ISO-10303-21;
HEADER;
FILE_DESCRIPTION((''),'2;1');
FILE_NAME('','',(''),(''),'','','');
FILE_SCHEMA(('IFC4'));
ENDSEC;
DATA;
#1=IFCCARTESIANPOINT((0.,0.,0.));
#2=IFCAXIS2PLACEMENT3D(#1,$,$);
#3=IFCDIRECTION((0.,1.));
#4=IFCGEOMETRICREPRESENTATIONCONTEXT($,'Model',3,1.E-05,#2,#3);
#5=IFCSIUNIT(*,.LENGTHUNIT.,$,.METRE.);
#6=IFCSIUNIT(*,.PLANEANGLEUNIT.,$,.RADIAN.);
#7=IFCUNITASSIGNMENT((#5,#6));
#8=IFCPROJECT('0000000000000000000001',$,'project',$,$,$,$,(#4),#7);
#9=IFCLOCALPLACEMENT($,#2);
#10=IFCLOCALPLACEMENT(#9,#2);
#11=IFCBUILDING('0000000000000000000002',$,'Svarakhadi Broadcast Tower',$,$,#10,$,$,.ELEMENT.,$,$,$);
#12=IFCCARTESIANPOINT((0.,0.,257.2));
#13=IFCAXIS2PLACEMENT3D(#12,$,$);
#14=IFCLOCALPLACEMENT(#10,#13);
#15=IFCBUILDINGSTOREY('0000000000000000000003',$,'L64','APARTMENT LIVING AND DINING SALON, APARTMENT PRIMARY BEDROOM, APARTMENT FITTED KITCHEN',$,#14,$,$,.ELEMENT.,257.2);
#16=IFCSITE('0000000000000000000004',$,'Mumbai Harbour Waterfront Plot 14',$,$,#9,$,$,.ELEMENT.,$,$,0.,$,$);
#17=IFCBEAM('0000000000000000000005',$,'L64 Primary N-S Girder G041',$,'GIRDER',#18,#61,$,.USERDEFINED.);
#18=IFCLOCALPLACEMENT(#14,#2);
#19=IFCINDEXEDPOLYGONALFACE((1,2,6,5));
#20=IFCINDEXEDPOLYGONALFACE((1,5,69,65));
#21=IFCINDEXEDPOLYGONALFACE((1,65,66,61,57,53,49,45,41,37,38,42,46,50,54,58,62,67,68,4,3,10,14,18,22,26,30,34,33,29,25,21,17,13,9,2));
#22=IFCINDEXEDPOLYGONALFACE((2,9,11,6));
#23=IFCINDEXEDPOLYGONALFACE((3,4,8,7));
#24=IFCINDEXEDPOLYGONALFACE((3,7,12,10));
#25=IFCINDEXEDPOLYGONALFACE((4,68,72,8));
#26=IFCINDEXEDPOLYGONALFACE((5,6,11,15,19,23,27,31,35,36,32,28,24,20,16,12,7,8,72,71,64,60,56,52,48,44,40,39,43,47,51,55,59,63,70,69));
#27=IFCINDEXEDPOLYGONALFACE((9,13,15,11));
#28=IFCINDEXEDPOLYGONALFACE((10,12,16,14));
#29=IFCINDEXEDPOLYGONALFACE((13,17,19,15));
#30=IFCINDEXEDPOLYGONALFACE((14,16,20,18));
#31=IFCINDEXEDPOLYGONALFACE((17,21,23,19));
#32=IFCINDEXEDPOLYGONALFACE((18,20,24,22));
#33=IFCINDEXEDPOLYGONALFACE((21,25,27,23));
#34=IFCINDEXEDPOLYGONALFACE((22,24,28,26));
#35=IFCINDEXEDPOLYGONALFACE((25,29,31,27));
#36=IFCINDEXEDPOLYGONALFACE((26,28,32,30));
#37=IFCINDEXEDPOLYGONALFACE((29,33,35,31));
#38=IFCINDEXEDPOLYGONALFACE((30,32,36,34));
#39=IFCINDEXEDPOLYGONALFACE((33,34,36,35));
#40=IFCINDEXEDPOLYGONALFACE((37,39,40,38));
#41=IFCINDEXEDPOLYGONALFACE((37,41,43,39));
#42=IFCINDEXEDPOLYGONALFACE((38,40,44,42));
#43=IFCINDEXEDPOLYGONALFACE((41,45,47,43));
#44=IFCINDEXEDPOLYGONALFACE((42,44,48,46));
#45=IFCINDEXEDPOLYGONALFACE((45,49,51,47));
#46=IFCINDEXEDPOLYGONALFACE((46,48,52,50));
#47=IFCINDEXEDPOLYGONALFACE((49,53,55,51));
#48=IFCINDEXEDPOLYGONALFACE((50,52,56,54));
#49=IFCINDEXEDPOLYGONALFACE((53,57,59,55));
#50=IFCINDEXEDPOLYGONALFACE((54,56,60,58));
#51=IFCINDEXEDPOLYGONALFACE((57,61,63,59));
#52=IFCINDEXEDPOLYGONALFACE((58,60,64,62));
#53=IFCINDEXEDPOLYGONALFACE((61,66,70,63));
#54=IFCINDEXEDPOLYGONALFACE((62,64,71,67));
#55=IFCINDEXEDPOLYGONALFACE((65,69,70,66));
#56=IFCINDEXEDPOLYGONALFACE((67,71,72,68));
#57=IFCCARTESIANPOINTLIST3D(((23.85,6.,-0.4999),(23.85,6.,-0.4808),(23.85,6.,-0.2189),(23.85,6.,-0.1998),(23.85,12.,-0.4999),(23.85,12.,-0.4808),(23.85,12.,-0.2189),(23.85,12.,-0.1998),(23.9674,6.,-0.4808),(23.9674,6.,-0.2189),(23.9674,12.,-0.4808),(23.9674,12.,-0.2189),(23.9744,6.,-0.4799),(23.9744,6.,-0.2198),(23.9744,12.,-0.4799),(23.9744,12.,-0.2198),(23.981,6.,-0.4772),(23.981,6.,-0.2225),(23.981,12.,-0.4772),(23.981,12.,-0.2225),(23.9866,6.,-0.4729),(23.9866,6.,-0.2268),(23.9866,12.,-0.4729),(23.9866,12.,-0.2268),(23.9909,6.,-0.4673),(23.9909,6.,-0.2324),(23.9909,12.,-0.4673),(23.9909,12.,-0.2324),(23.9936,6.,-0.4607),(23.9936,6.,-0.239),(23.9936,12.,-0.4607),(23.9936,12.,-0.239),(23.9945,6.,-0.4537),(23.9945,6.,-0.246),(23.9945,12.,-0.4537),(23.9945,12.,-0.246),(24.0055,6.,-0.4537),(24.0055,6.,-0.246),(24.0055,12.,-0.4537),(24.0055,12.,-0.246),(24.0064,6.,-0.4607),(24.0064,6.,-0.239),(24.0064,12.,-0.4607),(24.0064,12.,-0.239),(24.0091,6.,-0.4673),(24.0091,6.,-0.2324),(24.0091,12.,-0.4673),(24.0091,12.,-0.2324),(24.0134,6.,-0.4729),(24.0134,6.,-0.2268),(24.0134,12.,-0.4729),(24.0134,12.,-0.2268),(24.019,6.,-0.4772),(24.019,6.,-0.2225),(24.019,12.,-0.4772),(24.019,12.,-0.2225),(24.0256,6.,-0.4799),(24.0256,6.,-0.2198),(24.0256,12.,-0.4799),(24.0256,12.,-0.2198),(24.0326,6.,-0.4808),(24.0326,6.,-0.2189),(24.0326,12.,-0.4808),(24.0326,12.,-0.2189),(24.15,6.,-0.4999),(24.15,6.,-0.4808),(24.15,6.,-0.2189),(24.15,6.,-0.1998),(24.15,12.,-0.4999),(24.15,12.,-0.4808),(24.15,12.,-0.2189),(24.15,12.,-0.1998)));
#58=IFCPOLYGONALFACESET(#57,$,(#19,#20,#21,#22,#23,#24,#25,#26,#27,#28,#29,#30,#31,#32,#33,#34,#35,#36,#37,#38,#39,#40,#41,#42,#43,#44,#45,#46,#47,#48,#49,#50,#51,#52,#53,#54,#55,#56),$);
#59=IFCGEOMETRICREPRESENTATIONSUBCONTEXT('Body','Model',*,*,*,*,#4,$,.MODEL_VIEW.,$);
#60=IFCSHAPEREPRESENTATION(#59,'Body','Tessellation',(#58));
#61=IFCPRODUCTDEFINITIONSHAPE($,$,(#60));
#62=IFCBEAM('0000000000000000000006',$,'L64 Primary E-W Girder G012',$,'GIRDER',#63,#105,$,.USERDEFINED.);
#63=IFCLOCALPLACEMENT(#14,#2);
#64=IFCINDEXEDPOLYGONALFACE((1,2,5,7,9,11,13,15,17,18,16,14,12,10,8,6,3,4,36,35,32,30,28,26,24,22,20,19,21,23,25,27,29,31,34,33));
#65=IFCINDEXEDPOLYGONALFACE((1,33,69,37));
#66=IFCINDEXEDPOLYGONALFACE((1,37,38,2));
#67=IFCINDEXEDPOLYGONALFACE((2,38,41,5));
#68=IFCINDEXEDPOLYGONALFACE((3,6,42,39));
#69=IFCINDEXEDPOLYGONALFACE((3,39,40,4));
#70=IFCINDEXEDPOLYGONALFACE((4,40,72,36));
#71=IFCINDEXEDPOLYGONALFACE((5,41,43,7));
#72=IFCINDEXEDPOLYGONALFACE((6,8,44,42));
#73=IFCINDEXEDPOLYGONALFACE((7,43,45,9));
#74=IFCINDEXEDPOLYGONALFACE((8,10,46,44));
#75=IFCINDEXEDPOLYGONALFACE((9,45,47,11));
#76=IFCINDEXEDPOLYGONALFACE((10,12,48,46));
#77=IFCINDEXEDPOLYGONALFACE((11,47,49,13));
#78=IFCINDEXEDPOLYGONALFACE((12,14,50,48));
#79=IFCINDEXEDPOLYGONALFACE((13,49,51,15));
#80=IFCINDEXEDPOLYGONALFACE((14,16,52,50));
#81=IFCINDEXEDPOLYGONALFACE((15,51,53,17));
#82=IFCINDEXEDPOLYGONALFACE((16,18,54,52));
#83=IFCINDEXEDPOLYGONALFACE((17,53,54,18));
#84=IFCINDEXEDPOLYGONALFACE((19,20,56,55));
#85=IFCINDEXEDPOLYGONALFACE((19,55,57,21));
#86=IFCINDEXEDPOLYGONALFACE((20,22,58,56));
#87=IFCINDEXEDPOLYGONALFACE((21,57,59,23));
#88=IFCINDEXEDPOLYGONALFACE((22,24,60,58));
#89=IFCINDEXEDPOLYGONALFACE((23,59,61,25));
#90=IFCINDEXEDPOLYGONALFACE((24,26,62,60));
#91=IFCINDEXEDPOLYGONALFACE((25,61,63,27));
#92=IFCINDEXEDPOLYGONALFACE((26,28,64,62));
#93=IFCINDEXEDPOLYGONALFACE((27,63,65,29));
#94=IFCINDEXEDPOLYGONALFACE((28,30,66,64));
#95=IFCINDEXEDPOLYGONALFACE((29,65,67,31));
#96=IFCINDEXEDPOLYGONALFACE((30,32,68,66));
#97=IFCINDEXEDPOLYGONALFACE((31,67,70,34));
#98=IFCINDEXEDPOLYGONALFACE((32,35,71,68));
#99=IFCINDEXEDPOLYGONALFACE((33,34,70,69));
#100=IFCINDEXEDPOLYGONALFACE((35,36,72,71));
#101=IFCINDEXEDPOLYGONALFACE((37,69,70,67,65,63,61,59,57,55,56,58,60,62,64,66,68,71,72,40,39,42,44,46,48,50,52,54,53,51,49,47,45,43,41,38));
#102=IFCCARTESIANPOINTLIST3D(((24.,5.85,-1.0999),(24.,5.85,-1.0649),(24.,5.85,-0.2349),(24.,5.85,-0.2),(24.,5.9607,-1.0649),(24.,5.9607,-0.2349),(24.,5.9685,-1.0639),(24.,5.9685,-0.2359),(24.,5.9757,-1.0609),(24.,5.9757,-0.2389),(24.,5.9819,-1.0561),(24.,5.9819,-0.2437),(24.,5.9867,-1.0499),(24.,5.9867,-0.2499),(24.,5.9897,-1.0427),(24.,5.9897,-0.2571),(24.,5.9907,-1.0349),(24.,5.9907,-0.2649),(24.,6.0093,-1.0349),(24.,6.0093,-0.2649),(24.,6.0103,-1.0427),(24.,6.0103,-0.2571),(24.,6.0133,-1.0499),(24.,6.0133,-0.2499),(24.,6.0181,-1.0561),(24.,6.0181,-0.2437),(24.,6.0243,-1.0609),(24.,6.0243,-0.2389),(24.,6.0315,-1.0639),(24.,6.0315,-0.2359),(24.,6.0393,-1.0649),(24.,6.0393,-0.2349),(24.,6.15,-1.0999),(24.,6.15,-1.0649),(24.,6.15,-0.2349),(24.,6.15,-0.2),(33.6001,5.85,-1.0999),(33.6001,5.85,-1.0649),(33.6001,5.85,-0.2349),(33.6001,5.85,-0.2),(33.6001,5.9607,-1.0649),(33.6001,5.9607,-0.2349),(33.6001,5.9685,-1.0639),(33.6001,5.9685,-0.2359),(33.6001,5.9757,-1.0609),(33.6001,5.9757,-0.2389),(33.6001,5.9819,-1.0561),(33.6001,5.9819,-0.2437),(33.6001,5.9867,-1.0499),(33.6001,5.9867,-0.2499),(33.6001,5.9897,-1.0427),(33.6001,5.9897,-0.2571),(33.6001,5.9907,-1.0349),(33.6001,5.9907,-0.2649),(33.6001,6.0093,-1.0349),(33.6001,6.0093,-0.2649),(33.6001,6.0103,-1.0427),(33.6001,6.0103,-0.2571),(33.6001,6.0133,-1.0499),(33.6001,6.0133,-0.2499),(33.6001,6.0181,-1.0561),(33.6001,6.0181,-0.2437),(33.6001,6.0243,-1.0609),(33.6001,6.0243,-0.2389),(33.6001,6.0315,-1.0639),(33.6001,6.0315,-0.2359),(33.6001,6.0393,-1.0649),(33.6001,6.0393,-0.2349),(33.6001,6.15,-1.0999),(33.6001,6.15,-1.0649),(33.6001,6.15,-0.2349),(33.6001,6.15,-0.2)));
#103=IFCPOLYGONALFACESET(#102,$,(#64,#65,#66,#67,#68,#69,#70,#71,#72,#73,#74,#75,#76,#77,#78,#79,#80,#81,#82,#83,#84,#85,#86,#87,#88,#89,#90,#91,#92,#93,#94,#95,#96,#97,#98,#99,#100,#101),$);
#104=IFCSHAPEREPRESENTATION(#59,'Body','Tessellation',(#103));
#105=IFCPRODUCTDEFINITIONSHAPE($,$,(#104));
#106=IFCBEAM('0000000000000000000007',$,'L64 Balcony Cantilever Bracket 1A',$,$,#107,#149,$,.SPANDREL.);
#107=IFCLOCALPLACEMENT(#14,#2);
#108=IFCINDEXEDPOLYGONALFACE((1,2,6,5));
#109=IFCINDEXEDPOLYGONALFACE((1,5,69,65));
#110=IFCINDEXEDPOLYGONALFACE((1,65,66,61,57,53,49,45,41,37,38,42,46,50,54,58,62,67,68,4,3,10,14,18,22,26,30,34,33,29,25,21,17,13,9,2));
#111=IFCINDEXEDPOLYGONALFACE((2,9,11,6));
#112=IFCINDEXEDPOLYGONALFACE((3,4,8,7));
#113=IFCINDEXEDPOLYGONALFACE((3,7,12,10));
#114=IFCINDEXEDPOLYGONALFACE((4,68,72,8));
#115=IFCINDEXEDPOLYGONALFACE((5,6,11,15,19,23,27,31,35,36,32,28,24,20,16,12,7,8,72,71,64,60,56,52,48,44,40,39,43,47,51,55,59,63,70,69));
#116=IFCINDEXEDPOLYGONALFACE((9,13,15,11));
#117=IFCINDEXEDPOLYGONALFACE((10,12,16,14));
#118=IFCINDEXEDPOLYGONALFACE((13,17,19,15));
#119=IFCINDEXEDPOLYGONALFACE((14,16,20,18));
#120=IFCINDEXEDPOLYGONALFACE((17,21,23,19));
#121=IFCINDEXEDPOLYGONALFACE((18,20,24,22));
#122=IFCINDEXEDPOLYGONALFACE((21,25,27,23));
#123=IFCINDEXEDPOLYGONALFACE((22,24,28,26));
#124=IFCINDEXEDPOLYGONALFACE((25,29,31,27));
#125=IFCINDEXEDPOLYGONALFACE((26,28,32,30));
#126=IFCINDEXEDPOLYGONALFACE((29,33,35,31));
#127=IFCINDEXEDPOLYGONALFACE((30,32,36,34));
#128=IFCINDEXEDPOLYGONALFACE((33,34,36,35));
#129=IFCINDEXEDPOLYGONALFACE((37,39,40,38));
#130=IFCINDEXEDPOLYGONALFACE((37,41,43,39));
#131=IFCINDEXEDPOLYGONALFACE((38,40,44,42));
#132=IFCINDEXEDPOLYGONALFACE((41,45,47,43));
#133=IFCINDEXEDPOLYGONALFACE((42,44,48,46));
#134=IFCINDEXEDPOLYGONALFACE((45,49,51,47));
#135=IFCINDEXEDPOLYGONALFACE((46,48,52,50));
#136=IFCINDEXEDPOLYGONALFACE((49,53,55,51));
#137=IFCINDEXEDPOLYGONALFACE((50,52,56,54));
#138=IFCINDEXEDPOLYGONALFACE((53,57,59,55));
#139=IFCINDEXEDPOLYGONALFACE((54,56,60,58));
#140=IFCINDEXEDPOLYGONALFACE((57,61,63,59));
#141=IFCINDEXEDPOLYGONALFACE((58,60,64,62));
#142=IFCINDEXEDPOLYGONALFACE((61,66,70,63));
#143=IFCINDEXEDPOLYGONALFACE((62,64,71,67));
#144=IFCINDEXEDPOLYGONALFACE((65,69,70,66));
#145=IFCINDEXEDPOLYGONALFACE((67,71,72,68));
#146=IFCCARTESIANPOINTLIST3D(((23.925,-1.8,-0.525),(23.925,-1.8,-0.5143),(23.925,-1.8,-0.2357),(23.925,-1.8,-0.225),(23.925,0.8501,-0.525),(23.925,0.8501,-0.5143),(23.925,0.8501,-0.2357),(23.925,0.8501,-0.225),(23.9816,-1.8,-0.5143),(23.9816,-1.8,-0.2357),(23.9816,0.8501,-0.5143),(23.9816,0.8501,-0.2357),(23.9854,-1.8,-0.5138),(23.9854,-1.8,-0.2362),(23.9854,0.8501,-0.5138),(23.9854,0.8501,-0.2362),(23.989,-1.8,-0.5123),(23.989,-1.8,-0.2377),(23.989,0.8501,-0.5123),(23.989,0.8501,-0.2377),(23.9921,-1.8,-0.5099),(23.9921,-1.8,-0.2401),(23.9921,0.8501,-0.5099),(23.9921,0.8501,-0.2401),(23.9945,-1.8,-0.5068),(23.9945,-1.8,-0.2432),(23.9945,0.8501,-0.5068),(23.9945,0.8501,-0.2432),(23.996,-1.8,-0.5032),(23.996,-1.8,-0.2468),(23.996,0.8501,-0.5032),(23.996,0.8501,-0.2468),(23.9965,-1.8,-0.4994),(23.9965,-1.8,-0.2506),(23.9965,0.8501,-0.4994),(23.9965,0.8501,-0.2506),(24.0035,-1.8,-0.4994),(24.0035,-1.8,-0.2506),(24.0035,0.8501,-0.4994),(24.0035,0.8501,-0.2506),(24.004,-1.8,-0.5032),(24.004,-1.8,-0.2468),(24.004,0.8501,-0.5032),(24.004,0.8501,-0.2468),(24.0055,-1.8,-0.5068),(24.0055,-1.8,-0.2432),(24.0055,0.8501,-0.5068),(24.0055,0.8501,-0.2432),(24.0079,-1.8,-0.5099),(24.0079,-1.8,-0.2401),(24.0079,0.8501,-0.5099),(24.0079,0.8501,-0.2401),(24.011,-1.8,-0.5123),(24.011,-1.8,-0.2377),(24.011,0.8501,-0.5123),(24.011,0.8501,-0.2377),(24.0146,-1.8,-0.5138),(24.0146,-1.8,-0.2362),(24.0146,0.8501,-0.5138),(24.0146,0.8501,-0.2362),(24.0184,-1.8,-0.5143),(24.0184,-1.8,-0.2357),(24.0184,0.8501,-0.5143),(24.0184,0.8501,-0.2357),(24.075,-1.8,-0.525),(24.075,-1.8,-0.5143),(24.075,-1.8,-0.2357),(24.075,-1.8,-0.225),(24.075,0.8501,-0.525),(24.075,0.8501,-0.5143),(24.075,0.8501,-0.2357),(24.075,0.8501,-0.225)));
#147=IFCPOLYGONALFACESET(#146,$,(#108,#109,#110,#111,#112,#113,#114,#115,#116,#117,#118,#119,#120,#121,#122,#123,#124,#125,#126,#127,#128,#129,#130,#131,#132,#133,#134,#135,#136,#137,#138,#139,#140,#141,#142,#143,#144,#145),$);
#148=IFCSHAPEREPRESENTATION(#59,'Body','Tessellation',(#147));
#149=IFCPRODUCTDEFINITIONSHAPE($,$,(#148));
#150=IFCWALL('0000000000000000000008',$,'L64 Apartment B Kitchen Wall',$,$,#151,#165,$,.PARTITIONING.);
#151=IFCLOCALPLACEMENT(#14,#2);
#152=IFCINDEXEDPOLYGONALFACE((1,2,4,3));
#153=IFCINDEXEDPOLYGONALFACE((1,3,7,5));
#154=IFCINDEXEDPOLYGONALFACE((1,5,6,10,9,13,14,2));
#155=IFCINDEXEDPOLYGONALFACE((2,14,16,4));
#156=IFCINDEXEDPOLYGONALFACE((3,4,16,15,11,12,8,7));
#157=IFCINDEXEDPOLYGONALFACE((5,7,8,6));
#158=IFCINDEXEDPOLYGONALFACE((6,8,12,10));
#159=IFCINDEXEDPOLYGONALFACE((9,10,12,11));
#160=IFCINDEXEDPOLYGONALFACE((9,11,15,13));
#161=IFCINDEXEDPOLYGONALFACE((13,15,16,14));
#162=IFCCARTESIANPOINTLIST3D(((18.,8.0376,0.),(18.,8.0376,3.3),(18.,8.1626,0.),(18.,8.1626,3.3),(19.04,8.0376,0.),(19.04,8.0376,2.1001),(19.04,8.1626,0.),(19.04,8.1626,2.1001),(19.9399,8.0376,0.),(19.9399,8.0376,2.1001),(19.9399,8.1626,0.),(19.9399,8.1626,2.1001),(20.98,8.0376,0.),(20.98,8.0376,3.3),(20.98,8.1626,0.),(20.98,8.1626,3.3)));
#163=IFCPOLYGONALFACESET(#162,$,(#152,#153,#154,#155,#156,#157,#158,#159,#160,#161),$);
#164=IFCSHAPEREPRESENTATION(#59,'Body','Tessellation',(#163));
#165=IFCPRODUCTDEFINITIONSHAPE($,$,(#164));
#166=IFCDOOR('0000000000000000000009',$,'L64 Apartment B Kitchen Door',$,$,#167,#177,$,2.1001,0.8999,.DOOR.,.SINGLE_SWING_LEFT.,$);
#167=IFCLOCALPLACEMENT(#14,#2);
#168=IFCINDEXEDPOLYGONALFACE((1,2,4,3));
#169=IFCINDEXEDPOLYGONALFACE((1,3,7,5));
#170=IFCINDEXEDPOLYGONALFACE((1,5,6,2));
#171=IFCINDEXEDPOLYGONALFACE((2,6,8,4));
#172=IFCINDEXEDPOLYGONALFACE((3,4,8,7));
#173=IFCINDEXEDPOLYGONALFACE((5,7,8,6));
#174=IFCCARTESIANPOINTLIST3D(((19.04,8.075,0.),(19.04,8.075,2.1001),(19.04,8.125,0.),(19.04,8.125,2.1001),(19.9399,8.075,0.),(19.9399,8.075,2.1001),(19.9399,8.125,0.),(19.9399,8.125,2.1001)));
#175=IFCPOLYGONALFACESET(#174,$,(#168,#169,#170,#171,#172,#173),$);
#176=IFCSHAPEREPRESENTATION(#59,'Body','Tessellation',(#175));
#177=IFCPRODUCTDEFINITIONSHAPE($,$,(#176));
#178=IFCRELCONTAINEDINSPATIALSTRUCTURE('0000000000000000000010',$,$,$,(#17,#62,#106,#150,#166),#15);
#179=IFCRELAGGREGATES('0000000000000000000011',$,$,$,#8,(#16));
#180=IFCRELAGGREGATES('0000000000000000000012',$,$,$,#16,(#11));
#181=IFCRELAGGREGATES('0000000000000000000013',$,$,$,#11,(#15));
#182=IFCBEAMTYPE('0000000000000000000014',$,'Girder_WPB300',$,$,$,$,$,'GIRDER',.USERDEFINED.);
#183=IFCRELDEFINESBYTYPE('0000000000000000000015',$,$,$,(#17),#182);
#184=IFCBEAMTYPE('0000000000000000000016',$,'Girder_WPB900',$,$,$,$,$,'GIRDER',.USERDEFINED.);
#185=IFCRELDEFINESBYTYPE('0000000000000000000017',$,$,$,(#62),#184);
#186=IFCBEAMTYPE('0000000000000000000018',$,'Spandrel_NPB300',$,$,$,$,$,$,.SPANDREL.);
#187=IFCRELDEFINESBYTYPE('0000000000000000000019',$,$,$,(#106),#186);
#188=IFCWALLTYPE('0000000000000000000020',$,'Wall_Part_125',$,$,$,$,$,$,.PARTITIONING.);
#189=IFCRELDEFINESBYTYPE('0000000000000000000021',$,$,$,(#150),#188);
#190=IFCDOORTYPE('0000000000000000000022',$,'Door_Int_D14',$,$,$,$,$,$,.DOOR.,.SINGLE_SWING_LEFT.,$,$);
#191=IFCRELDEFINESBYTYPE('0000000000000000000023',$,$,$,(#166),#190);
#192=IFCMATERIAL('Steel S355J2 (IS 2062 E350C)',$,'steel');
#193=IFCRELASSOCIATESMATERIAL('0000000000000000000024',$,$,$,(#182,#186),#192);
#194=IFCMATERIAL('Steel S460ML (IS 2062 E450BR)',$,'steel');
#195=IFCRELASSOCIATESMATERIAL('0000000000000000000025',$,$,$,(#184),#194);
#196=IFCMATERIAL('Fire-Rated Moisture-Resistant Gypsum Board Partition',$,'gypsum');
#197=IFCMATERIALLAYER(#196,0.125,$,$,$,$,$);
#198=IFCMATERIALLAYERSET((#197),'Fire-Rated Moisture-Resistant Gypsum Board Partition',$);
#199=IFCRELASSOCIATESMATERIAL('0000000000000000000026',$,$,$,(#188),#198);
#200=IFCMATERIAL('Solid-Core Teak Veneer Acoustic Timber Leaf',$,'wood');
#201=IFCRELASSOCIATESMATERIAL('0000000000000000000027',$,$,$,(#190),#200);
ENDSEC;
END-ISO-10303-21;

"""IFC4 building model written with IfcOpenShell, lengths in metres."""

from ifc_helpers import new_model, si_unit, direction, frame, frame_2d, origin, origin_2d, place, context, subcontext, project, spatial, rectangle, i_section, extrude, material, layer, layer_set, material_profile, profile_set, type_object, element, fill, save


model = new_model("IFC4")

# Units and contexts
model_context = context("Model", 3, precision=1e-05, world=origin(), true_north=direction((0.0, 1.0)))
body_context = subcontext(model_context, "Body", "Model", "MODEL_VIEW")
ifc_project = project(units=[si_unit("LENGTHUNIT", "METRE"), si_unit("PLANEANGLEUNIT", "RADIAN")], contexts=[model_context])

# Site, building, storey
site_placement = place(None, origin())
site = spatial("IfcSite", under=ifc_project, at=site_placement, Name="Mumbai Harbour Waterfront Plot 14", CompositionType="ELEMENT", RefElevation=0.0)
building_placement = place(site_placement, origin())
building = spatial("IfcBuilding", under=site, at=building_placement, Name="Svarakhadi Broadcast Tower", CompositionType="ELEMENT")
storey_placement = place(building_placement, frame((0.0, 0.0, 257.2)))
storey = spatial("IfcBuildingStorey", under=building, at=storey_placement, Name="L64", Description="APARTMENT LIVING AND DINING SALON, APARTMENT PRIMARY BEDROOM, APARTMENT FITTED KITCHEN", CompositionType="ELEMENT", Elevation=257.2)

# Shared definitions
ifc_material_1 = material(Name="Steel S460ML (IS 2062 E450BR)", Category="steel")

# Beams
ifc_material_2 = material(Name="Steel S355J2 (IS 2062 E350C)", Category="steel")
ifc_material_profile_1 = material_profile(ifc_material_2, i_section(OverallWidth=0.3, OverallDepth=0.3, WebThickness=0.011, FlangeThickness=0.019, FilletRadius=0.0271, at=origin_2d()), Name="WPB 300x300x117")
ifc_profile_set_1 = profile_set([ifc_material_profile_1], Name="Steel S355J2 (IS 2062 E350C)")
beam_type_1 = type_object("IfcBeamType", Name="Girder_WPB300", ElementType="GIRDER", PredefinedType="USERDEFINED", material=ifc_profile_set_1)
beam_1_placement = place(storey_placement, frame((24.0, 6.0, -0.3499), z_axis=(0.0, 1.0, 0.0), x_axis=(-1.0, 0.0, 0.0)))
element("IfcBeam", 1, at=beam_1_placement, inside=storey, type_object=beam_type_1, Name="L64 Primary N-S Girder G041", ObjectType="GIRDER", PredefinedType="USERDEFINED", context=body_context, shape_type="SweptSolid", body=[
    extrude(i_section(OverallWidth=0.3, OverallDepth=0.3, WebThickness=0.011, FlangeThickness=0.019, FilletRadius=0.0271, at=origin_2d()), origin(), (0.0, 0.0, 1.0), 6.0),
])
ifc_material_profile_2 = material_profile(ifc_material_1, i_section(OverallWidth=0.3, OverallDepth=0.8999, WebThickness=0.0186, FlangeThickness=0.0349, FilletRadius=0.03, at=origin_2d()), Name="WPB 900x300x291")
ifc_profile_set_2 = profile_set([ifc_material_profile_2], Name="Steel S460ML (IS 2062 E450BR)")
beam_type_2 = type_object("IfcBeamType", Name="Girder_WPB900", ElementType="GIRDER", PredefinedType="USERDEFINED", material=ifc_profile_set_2)
beam_2_placement = place(storey_placement, frame((24.0, 6.0, -0.6499), z_axis=(1.0, 0.0, 0.0), x_axis=(0.0, 1.0, 0.0)))
element("IfcBeam", 2, at=beam_2_placement, inside=storey, type_object=beam_type_2, Name="L64 Primary E-W Girder G012", ObjectType="GIRDER", PredefinedType="USERDEFINED", context=body_context, shape_type="SweptSolid", body=[
    extrude(i_section(OverallWidth=0.3, OverallDepth=0.8999, WebThickness=0.0186, FlangeThickness=0.0349, FilletRadius=0.03, at=origin_2d()), origin(), (0.0, 0.0, 1.0), 9.6001),
])
ifc_material_profile_3 = material_profile(ifc_material_2, i_section(OverallWidth=0.1499, OverallDepth=0.3, WebThickness=0.0071, FlangeThickness=0.0107, FilletRadius=0.0149, at=origin_2d()), Name="NPB 300x150x37")
ifc_profile_set_3 = profile_set([ifc_material_profile_3], Name="Steel S355J2 (IS 2062 E350C)")
beam_type_3 = type_object("IfcBeamType", Name="Spandrel_NPB300", PredefinedType="SPANDREL", material=ifc_profile_set_3)
beam_3_placement = place(storey_placement, frame((24.0, 0.8501, -0.375), z_axis=(0.0, -1.0, 0.0), x_axis=(1.0, 0.0, 0.0)))
element("IfcBeam", 3, at=beam_3_placement, inside=storey, type_object=beam_type_3, Name="L64 Balcony Cantilever Bracket 1A", PredefinedType="SPANDREL", context=body_context, shape_type="SweptSolid", body=[
    extrude(i_section(OverallWidth=0.1499, OverallDepth=0.3, WebThickness=0.0071, FlangeThickness=0.0107, FilletRadius=0.0149, at=origin_2d()), origin(), (0.0, 0.0, 1.0), 2.6501),
])

# Wall, opening, door
ifc_material_3 = material(Name="Fire-Rated Moisture-Resistant Gypsum Board Partition", Category="gypsum")
ifc_layer_1 = layer(ifc_material_3, 0.125)
ifc_layer_set_1 = layer_set([ifc_layer_1], Name="Fire-Rated Moisture-Resistant Gypsum Board Partition")
wall_type_1 = type_object("IfcWallType", Name="Wall_Part_125", PredefinedType="PARTITIONING", material=ifc_layer_set_1)
wall_1_placement = place(storey_placement, frame((18.0, 8.1001, 0.0), z_axis=(0.0, 0.0, 1.0), x_axis=(1.0, 0.0, 0.0)))
wall_1 = element("IfcWall", 4, at=wall_1_placement, inside=storey, type_object=wall_type_1, Name="L64 Apartment B Kitchen Wall", PredefinedType="PARTITIONING", context=body_context, shape_type="SweptSolid", body=[
    extrude(rectangle(XDim=2.98, YDim=0.125, at=frame_2d((1.49, 0.0))), origin(), (0.0, 0.0, 1.0), 3.3),
])
opening_1_placement = place(wall_1_placement, frame((1.04, 0.0, 0.0)))
opening_1 = element("IfcOpeningElement", 5, at=opening_1_placement, cuts=wall_1, PredefinedType="OPENING", context=body_context, shape_type="SweptSolid", body=[
    extrude(rectangle(XDim=0.8999, YDim=2.1001, at=frame_2d((0.45, 1.05))), frame((0.0, 0.0725, 0.0), z_axis=(0.0, -1.0, 0.0), x_axis=(1.0, 0.0, 0.0)), (0.0, 0.0, 1.0), 0.145),
])
ifc_material_4 = material(Name="Solid-Core Teak Veneer Acoustic Timber Leaf", Category="wood")
door_type_1 = type_object("IfcDoorType", Name="Door_Int_D14", OperationType="SINGLE_SWING_LEFT", PredefinedType="DOOR", material=ifc_material_4)
door_1_placement = place(opening_1_placement, origin())
door_1 = element("IfcDoor", 6, at=door_1_placement, inside=storey, type_object=door_type_1, Name="L64 Apartment B Kitchen Door", OperationType="SINGLE_SWING_LEFT", OverallHeight=2.1001, OverallWidth=0.8999, PredefinedType="DOOR", context=body_context, shape_type="SweptSolid", body=[
    extrude(rectangle(XDim=0.8999, YDim=2.1001, at=frame_2d((0.45, 1.05))), frame((0.0, 0.0249, 0.0), z_axis=(0.0, -1.0, 0.0), x_axis=(1.0, 0.0, 0.0)), (0.0, 0.0, 1.0), 0.05),
])
fill(opening_1, door_1)

save(model, "model.ifc")
